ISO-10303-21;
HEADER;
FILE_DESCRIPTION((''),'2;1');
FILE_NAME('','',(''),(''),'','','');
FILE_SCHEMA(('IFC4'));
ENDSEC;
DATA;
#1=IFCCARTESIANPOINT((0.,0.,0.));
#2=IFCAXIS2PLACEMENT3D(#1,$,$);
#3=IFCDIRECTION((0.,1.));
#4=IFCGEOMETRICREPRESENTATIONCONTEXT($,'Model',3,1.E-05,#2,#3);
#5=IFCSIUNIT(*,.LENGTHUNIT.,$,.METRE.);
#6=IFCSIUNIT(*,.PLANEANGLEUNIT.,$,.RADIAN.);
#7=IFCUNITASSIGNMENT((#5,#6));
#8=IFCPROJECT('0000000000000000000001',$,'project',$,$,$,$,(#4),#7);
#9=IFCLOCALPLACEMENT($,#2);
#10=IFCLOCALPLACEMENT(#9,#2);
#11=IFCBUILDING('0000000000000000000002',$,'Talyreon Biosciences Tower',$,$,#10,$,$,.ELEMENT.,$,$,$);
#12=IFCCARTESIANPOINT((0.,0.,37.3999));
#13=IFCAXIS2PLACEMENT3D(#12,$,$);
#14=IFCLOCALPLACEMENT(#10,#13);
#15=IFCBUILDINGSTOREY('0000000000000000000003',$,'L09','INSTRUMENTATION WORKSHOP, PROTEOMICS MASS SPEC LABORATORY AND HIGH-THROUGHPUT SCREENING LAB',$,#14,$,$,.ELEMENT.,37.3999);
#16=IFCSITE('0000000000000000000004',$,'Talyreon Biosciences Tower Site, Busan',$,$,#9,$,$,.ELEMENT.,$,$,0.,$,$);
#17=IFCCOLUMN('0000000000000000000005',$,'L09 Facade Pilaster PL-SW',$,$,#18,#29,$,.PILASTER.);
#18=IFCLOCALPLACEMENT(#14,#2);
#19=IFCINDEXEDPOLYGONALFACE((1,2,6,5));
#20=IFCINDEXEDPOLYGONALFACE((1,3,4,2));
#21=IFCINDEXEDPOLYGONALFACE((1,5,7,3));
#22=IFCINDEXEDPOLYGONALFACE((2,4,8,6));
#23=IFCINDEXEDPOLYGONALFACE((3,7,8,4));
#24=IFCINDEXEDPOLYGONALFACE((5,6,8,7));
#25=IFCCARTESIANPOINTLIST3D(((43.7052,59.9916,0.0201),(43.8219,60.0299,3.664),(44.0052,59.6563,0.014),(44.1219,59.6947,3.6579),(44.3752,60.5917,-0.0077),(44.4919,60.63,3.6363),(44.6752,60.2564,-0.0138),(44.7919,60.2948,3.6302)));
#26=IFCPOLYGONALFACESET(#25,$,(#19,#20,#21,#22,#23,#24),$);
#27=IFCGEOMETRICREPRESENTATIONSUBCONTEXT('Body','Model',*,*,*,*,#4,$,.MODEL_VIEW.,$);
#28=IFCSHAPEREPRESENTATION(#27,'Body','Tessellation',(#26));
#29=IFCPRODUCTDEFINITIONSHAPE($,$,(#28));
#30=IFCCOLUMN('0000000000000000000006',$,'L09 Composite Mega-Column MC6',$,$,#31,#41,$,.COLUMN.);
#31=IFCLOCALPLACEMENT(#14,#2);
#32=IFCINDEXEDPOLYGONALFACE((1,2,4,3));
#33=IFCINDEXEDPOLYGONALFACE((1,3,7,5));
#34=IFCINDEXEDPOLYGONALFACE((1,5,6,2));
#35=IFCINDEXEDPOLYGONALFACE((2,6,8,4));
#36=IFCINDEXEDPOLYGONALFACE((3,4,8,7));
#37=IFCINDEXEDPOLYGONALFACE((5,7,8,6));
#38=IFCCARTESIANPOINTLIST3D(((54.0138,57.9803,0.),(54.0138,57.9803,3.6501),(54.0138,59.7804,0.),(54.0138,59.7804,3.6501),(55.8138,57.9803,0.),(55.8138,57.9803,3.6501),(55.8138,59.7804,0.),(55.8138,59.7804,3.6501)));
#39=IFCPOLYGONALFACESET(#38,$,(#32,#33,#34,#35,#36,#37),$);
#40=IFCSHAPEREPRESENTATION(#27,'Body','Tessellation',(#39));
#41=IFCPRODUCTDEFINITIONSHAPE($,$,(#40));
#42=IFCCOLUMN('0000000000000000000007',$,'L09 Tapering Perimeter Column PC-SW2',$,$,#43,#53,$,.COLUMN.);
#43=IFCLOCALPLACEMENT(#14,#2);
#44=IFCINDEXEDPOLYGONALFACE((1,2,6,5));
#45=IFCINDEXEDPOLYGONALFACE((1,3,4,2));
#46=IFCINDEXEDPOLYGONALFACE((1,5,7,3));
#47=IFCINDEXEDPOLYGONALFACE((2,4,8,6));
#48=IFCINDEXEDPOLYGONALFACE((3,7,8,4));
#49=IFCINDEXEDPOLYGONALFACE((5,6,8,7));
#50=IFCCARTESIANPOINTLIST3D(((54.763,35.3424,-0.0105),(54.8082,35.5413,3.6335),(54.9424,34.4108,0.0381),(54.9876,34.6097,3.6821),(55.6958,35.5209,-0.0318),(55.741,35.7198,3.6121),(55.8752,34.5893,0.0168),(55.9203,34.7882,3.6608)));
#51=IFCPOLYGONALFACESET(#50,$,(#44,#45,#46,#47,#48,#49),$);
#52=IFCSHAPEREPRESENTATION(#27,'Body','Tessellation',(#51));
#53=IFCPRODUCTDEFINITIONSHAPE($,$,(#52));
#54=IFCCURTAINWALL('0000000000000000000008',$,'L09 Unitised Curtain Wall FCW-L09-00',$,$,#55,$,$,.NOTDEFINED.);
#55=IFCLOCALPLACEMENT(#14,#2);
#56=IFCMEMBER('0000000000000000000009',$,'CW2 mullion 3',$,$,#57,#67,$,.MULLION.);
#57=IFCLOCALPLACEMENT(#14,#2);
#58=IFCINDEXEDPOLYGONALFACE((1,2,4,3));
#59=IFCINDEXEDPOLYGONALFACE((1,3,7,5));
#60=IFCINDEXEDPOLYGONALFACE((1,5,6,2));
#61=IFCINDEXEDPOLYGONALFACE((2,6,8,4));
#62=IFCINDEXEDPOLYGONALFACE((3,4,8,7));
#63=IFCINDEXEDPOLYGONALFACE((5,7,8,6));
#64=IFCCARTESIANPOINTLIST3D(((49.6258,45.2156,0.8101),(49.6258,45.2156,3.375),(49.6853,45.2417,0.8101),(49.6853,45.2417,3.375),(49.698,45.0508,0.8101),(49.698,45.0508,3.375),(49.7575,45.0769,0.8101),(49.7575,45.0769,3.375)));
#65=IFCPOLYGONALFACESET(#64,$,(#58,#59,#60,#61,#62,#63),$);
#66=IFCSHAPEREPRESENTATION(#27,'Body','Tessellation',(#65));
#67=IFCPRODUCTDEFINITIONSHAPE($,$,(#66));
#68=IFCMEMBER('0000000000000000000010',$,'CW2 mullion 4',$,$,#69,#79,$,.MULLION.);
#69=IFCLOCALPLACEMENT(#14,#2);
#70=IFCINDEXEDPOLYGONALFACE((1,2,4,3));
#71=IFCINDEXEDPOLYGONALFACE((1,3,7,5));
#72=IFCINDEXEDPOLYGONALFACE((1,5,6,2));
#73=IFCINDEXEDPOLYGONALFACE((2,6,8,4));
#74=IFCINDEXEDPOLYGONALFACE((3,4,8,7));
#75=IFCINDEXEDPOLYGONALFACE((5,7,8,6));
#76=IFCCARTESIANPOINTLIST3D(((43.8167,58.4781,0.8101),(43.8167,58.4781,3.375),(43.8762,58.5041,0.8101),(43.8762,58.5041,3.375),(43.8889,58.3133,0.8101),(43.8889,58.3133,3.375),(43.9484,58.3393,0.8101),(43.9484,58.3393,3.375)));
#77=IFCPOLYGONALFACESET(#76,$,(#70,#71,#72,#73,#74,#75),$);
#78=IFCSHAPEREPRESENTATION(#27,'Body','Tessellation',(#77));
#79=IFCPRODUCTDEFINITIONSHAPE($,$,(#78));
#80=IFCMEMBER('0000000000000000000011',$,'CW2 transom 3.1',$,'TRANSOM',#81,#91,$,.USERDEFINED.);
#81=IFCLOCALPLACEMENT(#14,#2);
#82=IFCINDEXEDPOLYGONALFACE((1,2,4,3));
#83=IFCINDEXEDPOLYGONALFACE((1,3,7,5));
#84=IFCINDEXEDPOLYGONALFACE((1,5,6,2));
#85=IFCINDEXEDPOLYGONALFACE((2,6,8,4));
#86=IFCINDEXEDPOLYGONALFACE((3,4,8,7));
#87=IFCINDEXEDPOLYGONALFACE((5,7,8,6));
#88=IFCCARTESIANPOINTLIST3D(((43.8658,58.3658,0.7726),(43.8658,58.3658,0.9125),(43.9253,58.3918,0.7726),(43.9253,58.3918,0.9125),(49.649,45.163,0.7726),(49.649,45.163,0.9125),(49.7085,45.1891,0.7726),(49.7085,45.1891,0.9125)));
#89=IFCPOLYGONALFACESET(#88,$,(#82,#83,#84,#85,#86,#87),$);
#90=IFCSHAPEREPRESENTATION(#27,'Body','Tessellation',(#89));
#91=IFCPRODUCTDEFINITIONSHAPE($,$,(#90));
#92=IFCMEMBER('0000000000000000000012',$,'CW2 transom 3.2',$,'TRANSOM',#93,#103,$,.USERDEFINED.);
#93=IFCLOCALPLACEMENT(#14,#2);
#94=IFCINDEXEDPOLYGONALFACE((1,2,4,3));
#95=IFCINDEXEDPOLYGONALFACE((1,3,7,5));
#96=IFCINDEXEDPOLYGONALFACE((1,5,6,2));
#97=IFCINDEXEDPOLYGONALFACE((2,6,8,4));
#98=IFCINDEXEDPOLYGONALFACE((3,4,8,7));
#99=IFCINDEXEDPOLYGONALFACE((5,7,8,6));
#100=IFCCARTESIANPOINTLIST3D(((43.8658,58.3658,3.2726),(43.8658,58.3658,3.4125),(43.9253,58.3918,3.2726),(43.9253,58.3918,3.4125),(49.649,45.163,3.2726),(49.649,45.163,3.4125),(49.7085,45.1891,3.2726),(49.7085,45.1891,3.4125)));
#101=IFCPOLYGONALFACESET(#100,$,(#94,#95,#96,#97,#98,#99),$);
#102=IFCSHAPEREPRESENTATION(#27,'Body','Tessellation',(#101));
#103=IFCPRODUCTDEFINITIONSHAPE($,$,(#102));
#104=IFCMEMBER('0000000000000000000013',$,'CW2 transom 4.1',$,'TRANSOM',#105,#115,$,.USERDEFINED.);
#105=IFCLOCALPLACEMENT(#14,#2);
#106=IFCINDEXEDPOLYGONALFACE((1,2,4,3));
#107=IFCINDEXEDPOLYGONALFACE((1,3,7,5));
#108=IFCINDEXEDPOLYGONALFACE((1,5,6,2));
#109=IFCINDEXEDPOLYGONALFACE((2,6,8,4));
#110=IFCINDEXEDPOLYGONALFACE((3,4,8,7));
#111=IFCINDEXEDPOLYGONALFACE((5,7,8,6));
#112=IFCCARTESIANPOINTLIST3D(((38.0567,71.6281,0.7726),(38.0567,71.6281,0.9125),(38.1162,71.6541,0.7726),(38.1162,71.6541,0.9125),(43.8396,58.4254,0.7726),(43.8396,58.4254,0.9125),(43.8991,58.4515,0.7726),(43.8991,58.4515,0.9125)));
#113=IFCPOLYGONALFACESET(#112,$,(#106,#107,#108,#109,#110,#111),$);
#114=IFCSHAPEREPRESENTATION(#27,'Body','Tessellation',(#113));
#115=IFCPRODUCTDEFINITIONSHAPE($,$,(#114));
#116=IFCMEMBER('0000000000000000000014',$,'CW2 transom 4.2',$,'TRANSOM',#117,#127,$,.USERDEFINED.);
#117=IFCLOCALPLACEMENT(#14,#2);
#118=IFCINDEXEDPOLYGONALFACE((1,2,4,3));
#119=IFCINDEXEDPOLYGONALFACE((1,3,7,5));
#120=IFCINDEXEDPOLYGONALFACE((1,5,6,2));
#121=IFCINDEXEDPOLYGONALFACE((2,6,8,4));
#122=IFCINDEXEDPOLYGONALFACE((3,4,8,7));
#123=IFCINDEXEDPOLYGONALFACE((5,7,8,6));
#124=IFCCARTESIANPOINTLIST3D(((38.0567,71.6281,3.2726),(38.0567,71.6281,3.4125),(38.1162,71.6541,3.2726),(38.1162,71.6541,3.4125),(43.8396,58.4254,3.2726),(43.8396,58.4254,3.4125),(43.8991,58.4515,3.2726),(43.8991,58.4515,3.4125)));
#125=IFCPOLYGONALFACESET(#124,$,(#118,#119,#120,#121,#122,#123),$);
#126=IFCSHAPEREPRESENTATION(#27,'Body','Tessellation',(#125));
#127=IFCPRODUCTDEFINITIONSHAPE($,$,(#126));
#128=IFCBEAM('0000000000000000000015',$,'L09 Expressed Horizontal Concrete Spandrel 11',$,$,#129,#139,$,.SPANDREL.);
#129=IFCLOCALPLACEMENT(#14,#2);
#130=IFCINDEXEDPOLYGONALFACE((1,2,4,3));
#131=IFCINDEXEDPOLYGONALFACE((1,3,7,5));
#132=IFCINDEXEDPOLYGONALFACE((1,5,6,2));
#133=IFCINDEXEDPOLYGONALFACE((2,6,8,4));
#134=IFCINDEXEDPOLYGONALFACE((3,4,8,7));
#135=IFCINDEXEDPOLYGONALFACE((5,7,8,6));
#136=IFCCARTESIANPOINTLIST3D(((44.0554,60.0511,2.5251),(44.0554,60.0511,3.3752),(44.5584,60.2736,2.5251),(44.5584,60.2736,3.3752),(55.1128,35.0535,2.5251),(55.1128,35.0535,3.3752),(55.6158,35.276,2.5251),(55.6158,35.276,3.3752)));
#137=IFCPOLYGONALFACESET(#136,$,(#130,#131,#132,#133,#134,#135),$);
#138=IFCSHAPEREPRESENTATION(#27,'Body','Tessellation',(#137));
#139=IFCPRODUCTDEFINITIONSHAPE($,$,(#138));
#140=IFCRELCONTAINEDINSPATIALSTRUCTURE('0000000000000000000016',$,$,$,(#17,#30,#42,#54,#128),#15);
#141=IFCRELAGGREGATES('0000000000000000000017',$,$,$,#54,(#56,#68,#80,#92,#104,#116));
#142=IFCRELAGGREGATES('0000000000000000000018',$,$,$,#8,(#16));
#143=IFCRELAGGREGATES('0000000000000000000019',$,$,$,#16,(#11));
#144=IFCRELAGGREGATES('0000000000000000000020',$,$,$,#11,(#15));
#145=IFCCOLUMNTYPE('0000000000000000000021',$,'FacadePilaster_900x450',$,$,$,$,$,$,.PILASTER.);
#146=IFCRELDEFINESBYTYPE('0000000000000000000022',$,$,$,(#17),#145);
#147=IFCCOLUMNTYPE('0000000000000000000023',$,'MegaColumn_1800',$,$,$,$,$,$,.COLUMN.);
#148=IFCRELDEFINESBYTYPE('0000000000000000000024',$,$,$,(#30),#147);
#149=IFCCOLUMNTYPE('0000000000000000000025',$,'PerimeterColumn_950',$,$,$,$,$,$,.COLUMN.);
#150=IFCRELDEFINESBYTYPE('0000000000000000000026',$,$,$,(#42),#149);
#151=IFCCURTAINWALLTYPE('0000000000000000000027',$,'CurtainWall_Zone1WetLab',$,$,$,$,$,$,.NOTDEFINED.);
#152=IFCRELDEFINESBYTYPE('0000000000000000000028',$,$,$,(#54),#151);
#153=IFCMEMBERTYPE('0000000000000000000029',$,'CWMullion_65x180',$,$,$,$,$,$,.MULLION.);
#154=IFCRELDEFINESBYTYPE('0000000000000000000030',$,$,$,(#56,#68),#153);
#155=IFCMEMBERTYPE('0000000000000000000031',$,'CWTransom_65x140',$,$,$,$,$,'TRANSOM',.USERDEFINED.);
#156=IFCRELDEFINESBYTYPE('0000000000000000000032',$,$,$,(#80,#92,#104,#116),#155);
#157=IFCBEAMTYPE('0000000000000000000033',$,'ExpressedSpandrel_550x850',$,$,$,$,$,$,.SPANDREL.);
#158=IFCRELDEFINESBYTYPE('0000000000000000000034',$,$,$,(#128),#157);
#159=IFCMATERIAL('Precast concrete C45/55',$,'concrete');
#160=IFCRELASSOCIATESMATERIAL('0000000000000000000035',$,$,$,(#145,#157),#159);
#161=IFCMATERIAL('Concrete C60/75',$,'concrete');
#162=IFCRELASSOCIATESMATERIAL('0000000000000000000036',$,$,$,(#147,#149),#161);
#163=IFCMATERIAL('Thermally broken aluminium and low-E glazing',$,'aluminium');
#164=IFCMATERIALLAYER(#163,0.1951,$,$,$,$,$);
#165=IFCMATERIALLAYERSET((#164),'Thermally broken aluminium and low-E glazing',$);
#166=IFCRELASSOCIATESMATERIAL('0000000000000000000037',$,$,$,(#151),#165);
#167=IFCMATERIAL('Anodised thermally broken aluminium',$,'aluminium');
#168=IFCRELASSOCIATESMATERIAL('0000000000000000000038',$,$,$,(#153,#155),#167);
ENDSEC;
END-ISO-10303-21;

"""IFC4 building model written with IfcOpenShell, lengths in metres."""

from ifc_helpers import new_model, si_unit, direction, frame, origin, origin_2d, place, context, subcontext, project, spatial, rectangle, extrude, material, layer, layer_set, material_profile, profile_set, type_object, element, aggregate, save


model = new_model("IFC4")

# Units and contexts
model_context = context("Model", 3, precision=1e-05, world=origin(), true_north=direction((0.0, 1.0)))
body_context = subcontext(model_context, "Body", "Model", "MODEL_VIEW")
ifc_project = project(units=[si_unit("LENGTHUNIT", "METRE"), si_unit("PLANEANGLEUNIT", "RADIAN")], contexts=[model_context])

# Site, building, storey
site_placement = place(None, origin())
site = spatial("IfcSite", under=ifc_project, at=site_placement, Name="Talyreon Biosciences Tower Site, Busan", CompositionType="ELEMENT", RefElevation=0.0)
building_placement = place(site_placement, origin())
building = spatial("IfcBuilding", under=site, at=building_placement, Name="Talyreon Biosciences Tower", CompositionType="ELEMENT")
storey_placement = place(building_placement, frame((0.0, 0.0, 37.3999)))
storey = spatial("IfcBuildingStorey", under=building, at=storey_placement, Name="L09", Description="INSTRUMENTATION WORKSHOP, PROTEOMICS MASS SPEC LABORATORY AND HIGH-THROUGHPUT SCREENING LAB", CompositionType="ELEMENT", Elevation=37.3999)

# Columns
ifc_material_1 = material(Name="Precast concrete C45/55", Category="concrete")
ifc_material_profile_1 = material_profile(ifc_material_1, rectangle(XDim=0.8999, YDim=0.45, at=origin_2d()), Name="RC 900x450")
ifc_profile_set_1 = profile_set([ifc_material_profile_1], Name="Precast concrete C45/55")
column_type_1 = type_object("IfcColumnType", Name="FacadePilaster_900x450", PredefinedType="PILASTER", material=ifc_profile_set_1)
column_1_placement = place(storey_placement, frame((44.1902, 60.124, 0.0032), z_axis=(0.032006, 0.010513, 0.999432), x_axis=(0.744541, 0.666863, -0.030858)))
element("IfcColumn", 1, at=column_1_placement, inside=storey, type_object=column_type_1, Name="L09 Facade Pilaster PL-SW", PredefinedType="PILASTER", context=body_context, shape_type="SweptSolid", body=[
    extrude(rectangle(XDim=0.8999, YDim=0.45, at=origin_2d()), origin(), (0.0, 0.0, 1.0), 3.646),
])
ifc_material_2 = material(Name="Concrete C60/75", Category="concrete")
ifc_material_profile_2 = material_profile(ifc_material_2, rectangle(XDim=1.8, YDim=1.8, at=origin_2d()), Name="RC 1800x1800")
ifc_profile_set_2 = profile_set([ifc_material_profile_2], Name="Concrete C60/75")
column_type_2 = type_object("IfcColumnType", Name="MegaColumn_1800", PredefinedType="COLUMN", material=ifc_profile_set_2)
column_2_placement = place(storey_placement, frame((54.9138, 58.8804, 0.0), z_axis=(0.0, 0.0, 1.0), x_axis=(1.0, 0.0, 0.0)))
element("IfcColumn", 2, at=column_2_placement, inside=storey, type_object=column_type_2, Name="L09 Composite Mega-Column MC6", PredefinedType="COLUMN", context=body_context, shape_type="SweptSolid", body=[
    extrude(rectangle(XDim=1.8, YDim=1.8, at=origin_2d()), origin(), (0.0, 0.0, 1.0), 3.6501),
])
ifc_material_profile_3 = material_profile(ifc_material_2, rectangle(XDim=0.95, YDim=0.95, at=origin_2d()), Name="RC 950x950")
ifc_profile_set_3 = profile_set([ifc_material_profile_3], Name="Concrete C60/75")
column_type_3 = type_object("IfcColumnType", Name="PerimeterColumn_950", PredefinedType="COLUMN", material=ifc_profile_set_3)
column_3_placement = place(storey_placement, frame((55.3191, 34.9658, 0.0032), z_axis=(0.012375, 0.054517, 0.998436), x_axis=(-0.188829, 0.980674, -0.051207)))
element("IfcColumn", 3, at=column_3_placement, inside=storey, type_object=column_type_3, Name="L09 Tapering Perimeter Column PC-SW2", PredefinedType="COLUMN", context=body_context, shape_type="SweptSolid", body=[
    extrude(rectangle(XDim=0.95, YDim=0.95, at=origin_2d()), origin(), (0.0, 0.0, 1.0), 3.6497),
])

# Curtain wall, members
ifc_material_3 = material(Name="Thermally broken aluminium and low-E glazing", Category="aluminium")
ifc_layer_1 = layer(ifc_material_3, 0.1951)
ifc_layer_set_1 = layer_set([ifc_layer_1], Name="Thermally broken aluminium and low-E glazing")
curtain_wall_type = type_object("IfcCurtainWallType", Name="CurtainWall_Zone1WetLab", PredefinedType="NOTDEFINED", material=ifc_layer_set_1)
curtain_wall_placement = place(storey_placement, origin())
curtain_wall = element("IfcCurtainWall", 4, at=curtain_wall_placement, inside=storey, type_object=curtain_wall_type, Name="L09 Unitised Curtain Wall FCW-L09-00", PredefinedType="NOTDEFINED")
ifc_material_4 = material(Name="Anodised thermally broken aluminium", Category="aluminium")
ifc_material_profile_4 = material_profile(ifc_material_4, rectangle(XDim=0.0649, YDim=0.1799, at=origin_2d()), Name="ALUM MULLION 65x180")
ifc_profile_set_4 = profile_set([ifc_material_profile_4], Name="Anodised thermally broken aluminium")
member_type_1 = type_object("IfcMemberType", Name="CWMullion_65x180", PredefinedType="MULLION", material=ifc_profile_set_4)
member_1_placement = place(storey_placement, frame((49.6917, 45.1462, 0.8101), z_axis=(0.0, 0.0, 1.0), x_axis=(-0.91598, -0.401223, 0.0)))
member_1 = element("IfcMember", 5, at=member_1_placement, type_object=member_type_1, Name="CW2 mullion 3", PredefinedType="MULLION", context=body_context, shape_type="SweptSolid", body=[
    extrude(rectangle(XDim=0.0649, YDim=0.1799, at=origin_2d()), origin(), (0.0, 0.0, 1.0), 2.5649),
])
member_2_placement = place(storey_placement, frame((43.8826, 58.4087, 0.8101), z_axis=(0.0, 0.0, 1.0), x_axis=(-0.91598, -0.401223, 0.0)))
member_2 = element("IfcMember", 6, at=member_2_placement, type_object=member_type_1, Name="CW2 mullion 4", PredefinedType="MULLION", context=body_context, shape_type="SweptSolid", body=[
    extrude(rectangle(XDim=0.0649, YDim=0.1799, at=origin_2d()), origin(), (0.0, 0.0, 1.0), 2.5649),
])
ifc_material_profile_5 = material_profile(ifc_material_4, rectangle(XDim=0.0649, YDim=0.1399, at=origin_2d()), Name="ALUM TRANSOM 65x140")
ifc_profile_set_5 = profile_set([ifc_material_profile_5], Name="Anodised thermally broken aluminium")
member_type_2 = type_object("IfcMemberType", Name="CWTransom_65x140", ElementType="TRANSOM", PredefinedType="USERDEFINED", material=ifc_profile_set_5)
member_3_placement = place(storey_placement, frame((49.6787, 45.176, 0.8425), z_axis=(-0.401223, 0.91598, 0.0), x_axis=(-0.91598, -0.401223, 0.0)))
member_3 = element("IfcMember", 7, at=member_3_placement, type_object=member_type_2, Name="CW2 transom 3.1", ObjectType="TRANSOM", PredefinedType="USERDEFINED", context=body_context, shape_type="SweptSolid", body=[
    extrude(rectangle(XDim=0.0649, YDim=0.1399, at=origin_2d()), origin(), (0.0, 0.0, 1.0), 14.4138),
])
member_4_placement = place(storey_placement, frame((49.6787, 45.176, 3.3425), z_axis=(-0.401223, 0.91598, 0.0), x_axis=(-0.91598, -0.401223, 0.0)))
member_4 = element("IfcMember", 8, at=member_4_placement, type_object=member_type_2, Name="CW2 transom 3.2", ObjectType="TRANSOM", PredefinedType="USERDEFINED", context=body_context, shape_type="SweptSolid", body=[
    extrude(rectangle(XDim=0.0649, YDim=0.1399, at=origin_2d()), origin(), (0.0, 0.0, 1.0), 14.4138),
])
member_5_placement = place(storey_placement, frame((43.8694, 58.4385, 0.8425), z_axis=(-0.401215, 0.915984, 0.0), x_axis=(-0.915984, -0.401215, 0.0)))
member_5 = element("IfcMember", 9, at=member_5_placement, type_object=member_type_2, Name="CW2 transom 4.1", ObjectType="TRANSOM", PredefinedType="USERDEFINED", context=body_context, shape_type="SweptSolid", body=[
    extrude(rectangle(XDim=0.0649, YDim=0.1399, at=origin_2d()), origin(), (0.0, 0.0, 1.0), 14.4136),
])
member_6_placement = place(storey_placement, frame((43.8694, 58.4385, 3.3425), z_axis=(-0.401215, 0.915984, 0.0), x_axis=(-0.915984, -0.401215, 0.0)))
member_6 = element("IfcMember", 10, at=member_6_placement, type_object=member_type_2, Name="CW2 transom 4.2", ObjectType="TRANSOM", PredefinedType="USERDEFINED", context=body_context, shape_type="SweptSolid", body=[
    extrude(rectangle(XDim=0.0649, YDim=0.1399, at=origin_2d()), origin(), (0.0, 0.0, 1.0), 14.4136),
])

# Beam
ifc_material_profile_6 = material_profile(ifc_material_1, rectangle(XDim=0.55, YDim=0.8501, at=origin_2d()), Name="RCB 550x850")
ifc_profile_set_6 = profile_set([ifc_material_profile_6], Name="Precast concrete C45/55")
beam_type_1 = type_object("IfcBeamType", Name="ExpressedSpandrel_550x850", PredefinedType="SPANDREL", material=ifc_profile_set_6)
beam_1_placement = place(storey_placement, frame((44.3069, 60.1624, 2.9502), z_axis=(0.404529, -0.914525, 0.0), x_axis=(0.914525, 0.404529, 0.0)))
element("IfcBeam", 11, at=beam_1_placement, inside=storey, type_object=beam_type_1, Name="L09 Expressed Horizontal Concrete Spandrel 11", PredefinedType="SPANDREL", context=body_context, shape_type="SweptSolid", body=[
    extrude(rectangle(XDim=0.55, YDim=0.8501, at=origin_2d()), origin(), (0.0, 0.0, 1.0), 27.334),
])

aggregate(curtain_wall, [member_1, member_2, member_3, member_4, member_5, member_6])

save(model, "model.ifc")
